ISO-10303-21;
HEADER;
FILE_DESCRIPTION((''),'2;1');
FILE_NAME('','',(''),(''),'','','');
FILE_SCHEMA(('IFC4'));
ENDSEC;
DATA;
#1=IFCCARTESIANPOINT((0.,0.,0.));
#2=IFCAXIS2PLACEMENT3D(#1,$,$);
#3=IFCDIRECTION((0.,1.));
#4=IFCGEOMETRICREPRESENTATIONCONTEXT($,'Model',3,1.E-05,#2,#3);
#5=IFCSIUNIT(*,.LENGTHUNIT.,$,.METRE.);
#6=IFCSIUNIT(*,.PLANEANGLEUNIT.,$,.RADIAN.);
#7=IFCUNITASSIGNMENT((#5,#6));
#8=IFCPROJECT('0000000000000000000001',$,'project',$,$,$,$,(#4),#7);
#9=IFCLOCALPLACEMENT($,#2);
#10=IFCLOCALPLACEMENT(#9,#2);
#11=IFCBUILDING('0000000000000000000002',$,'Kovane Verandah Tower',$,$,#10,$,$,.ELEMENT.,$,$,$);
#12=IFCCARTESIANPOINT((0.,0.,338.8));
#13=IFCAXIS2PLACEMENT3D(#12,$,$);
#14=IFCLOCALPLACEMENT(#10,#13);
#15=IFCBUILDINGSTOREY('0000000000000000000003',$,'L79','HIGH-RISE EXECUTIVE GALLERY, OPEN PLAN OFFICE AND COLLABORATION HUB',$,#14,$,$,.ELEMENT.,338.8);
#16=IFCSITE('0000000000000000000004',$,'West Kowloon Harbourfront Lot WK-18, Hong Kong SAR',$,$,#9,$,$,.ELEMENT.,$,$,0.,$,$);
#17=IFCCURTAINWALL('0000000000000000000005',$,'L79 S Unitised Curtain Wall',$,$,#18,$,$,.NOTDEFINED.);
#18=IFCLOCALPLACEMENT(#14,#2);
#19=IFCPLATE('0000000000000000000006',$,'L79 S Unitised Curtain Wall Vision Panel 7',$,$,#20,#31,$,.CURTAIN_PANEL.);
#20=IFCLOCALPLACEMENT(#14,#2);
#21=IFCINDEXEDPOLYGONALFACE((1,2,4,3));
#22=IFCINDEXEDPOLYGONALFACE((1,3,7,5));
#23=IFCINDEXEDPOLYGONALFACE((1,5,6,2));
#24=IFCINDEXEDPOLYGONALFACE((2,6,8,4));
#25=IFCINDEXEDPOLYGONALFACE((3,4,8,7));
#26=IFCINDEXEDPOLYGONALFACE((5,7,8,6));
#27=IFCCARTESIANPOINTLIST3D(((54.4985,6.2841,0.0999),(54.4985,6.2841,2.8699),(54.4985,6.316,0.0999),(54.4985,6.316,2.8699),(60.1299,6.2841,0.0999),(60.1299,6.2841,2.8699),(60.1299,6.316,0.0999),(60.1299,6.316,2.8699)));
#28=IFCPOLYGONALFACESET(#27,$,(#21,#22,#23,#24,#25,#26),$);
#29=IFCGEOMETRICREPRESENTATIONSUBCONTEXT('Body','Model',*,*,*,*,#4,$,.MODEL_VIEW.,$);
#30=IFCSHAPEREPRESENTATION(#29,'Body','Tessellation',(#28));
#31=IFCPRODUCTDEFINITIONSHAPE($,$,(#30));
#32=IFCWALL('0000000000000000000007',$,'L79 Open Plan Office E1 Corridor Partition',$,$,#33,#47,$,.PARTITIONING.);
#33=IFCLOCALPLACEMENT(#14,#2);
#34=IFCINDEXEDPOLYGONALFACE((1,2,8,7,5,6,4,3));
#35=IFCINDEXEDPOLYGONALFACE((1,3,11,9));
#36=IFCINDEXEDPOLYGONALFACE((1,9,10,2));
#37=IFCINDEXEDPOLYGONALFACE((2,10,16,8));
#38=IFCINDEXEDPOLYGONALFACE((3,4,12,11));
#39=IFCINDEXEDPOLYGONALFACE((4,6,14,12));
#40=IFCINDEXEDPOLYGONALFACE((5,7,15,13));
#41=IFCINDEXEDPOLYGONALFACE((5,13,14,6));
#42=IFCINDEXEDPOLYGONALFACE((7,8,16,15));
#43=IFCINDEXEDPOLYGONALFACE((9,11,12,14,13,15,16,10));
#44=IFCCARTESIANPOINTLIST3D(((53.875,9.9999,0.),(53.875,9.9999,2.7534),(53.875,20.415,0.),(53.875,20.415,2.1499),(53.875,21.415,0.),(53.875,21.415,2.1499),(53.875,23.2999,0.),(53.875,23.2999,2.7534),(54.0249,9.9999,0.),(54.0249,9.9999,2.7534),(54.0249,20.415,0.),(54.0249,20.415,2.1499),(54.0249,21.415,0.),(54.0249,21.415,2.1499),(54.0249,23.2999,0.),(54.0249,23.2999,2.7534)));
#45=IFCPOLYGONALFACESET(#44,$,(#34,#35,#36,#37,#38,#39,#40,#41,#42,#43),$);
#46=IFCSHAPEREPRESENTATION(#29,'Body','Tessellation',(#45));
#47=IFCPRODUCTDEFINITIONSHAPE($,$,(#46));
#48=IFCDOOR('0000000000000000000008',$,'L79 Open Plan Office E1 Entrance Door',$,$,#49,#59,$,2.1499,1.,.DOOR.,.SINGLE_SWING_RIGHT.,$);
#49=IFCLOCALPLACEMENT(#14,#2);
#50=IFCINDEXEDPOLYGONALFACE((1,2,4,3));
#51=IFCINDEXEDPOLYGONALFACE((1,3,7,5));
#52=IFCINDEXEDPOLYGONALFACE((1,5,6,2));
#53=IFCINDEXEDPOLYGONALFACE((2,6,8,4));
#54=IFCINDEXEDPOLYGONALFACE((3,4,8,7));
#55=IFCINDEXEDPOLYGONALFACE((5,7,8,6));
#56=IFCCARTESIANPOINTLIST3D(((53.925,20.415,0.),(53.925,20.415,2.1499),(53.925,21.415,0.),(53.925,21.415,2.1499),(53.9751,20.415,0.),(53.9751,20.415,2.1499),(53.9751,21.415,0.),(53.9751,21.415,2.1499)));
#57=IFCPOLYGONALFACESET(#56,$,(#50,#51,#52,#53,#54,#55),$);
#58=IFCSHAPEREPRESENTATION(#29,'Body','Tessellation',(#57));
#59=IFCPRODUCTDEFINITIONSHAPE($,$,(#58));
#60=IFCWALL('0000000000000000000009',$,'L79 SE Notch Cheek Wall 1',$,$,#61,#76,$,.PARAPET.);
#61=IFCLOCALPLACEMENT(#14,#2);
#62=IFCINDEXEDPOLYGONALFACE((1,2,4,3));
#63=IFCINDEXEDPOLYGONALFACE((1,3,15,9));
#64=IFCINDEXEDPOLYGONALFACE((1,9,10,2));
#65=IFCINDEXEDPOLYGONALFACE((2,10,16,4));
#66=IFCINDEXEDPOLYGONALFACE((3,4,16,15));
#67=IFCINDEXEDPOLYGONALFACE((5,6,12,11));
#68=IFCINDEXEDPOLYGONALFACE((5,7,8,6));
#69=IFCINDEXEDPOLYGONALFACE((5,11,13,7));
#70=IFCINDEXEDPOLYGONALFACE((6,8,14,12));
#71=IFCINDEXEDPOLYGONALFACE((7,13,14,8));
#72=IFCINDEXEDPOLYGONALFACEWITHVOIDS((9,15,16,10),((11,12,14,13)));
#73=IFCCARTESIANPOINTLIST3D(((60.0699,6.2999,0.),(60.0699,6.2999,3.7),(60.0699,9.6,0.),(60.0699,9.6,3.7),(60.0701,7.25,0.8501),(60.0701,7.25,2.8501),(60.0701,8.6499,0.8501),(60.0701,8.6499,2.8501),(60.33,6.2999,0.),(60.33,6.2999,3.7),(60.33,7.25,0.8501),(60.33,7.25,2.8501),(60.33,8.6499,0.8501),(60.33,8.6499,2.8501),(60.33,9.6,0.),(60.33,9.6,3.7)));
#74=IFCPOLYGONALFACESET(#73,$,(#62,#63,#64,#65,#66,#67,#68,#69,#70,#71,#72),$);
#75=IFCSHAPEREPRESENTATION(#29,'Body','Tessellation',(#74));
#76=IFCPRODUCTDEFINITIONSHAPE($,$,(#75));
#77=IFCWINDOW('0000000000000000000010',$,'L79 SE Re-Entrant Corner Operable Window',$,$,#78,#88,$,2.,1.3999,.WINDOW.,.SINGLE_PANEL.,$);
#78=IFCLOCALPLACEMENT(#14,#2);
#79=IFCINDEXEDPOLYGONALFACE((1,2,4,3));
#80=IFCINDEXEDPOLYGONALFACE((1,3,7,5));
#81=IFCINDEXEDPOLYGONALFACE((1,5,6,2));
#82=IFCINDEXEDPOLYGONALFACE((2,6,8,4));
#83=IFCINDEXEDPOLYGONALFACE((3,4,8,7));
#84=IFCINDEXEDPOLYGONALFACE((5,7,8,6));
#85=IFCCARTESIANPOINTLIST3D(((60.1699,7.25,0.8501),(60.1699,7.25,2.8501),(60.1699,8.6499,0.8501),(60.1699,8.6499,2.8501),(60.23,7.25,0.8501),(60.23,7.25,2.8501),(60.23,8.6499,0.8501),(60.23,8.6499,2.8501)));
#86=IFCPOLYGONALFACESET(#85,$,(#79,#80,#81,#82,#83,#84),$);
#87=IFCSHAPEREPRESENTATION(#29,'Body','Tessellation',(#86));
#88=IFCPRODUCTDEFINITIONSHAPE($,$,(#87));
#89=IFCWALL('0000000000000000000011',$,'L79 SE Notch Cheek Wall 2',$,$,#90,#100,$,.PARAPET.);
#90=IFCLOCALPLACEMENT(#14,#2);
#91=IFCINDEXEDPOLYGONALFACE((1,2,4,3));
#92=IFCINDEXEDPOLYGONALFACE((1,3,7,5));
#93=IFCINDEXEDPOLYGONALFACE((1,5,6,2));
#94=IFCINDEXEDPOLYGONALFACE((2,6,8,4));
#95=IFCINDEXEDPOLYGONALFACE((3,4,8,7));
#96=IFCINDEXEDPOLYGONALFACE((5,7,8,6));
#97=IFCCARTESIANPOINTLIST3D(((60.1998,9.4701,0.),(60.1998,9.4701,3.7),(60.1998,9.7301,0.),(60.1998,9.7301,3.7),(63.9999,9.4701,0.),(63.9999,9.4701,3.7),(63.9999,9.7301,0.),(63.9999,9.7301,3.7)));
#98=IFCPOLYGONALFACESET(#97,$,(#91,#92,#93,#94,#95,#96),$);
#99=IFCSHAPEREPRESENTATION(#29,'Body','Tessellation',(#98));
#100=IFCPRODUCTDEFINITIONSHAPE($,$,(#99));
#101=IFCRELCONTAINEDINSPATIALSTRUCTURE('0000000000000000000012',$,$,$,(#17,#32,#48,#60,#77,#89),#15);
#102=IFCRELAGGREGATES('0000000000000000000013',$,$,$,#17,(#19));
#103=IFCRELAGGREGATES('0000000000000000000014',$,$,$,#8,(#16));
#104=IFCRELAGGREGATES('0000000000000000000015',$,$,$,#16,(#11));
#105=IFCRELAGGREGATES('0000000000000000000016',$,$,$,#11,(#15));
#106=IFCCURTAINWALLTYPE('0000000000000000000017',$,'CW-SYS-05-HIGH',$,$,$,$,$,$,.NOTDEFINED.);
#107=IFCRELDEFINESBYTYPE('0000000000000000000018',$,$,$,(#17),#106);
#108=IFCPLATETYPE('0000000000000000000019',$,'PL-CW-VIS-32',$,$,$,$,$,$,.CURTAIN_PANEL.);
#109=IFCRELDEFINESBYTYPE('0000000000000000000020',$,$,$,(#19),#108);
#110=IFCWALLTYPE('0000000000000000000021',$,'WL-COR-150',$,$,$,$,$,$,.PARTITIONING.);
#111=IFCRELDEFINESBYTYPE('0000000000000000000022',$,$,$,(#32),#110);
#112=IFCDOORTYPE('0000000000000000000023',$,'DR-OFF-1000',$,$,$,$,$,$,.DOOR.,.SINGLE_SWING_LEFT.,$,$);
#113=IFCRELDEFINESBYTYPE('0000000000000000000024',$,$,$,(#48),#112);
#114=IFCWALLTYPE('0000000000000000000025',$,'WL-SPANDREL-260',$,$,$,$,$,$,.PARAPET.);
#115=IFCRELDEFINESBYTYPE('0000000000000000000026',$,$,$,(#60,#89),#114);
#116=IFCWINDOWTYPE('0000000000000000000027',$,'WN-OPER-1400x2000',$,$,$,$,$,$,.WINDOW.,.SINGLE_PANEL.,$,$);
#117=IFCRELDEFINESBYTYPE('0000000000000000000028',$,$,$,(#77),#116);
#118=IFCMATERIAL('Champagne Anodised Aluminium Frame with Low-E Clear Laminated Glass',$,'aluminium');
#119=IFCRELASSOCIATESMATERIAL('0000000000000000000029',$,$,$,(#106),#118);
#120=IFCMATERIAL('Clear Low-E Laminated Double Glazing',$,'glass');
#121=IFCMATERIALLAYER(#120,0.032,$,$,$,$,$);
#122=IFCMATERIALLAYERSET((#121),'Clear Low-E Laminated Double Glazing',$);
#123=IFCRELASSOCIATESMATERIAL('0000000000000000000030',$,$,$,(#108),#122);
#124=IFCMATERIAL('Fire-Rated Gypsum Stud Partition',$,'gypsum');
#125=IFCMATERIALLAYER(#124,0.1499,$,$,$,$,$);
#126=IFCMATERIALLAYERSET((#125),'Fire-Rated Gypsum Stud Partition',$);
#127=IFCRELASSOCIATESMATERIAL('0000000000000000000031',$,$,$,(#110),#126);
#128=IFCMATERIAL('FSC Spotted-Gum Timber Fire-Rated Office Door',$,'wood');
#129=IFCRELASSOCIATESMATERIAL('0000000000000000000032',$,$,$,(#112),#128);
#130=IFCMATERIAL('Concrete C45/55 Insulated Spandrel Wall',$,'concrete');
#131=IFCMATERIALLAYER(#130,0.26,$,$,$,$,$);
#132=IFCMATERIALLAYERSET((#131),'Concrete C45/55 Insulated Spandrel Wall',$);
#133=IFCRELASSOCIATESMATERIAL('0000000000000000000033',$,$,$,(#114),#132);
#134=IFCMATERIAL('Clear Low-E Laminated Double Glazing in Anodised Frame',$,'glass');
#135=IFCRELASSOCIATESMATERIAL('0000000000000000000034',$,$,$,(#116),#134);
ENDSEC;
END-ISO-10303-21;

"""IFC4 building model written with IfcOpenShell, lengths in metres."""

from ifc_helpers import new_model, si_unit, direction, frame, frame_2d, origin, origin_2d, place, context, subcontext, project, spatial, rectangle, extrude, material, layer, layer_set, type_object, element, fill, aggregate, save


model = new_model("IFC4")

# Units and contexts
model_context = context("Model", 3, precision=1e-05, world=origin(), true_north=direction((0.0, 1.0)))
body_context = subcontext(model_context, "Body", "Model", "MODEL_VIEW")
ifc_project = project(units=[si_unit("LENGTHUNIT", "METRE"), si_unit("PLANEANGLEUNIT", "RADIAN")], contexts=[model_context])

# Site, building, storey
site_placement = place(None, origin())
site = spatial("IfcSite", under=ifc_project, at=site_placement, Name="West Kowloon Harbourfront Lot WK-18, Hong Kong SAR", CompositionType="ELEMENT", RefElevation=0.0)
building_placement = place(site_placement, origin())
building = spatial("IfcBuilding", under=site, at=building_placement, Name="Kovane Verandah Tower", CompositionType="ELEMENT")
storey_placement = place(building_placement, frame((0.0, 0.0, 338.8)))
storey = spatial("IfcBuildingStorey", under=building, at=storey_placement, Name="L79", Description="HIGH-RISE EXECUTIVE GALLERY, OPEN PLAN OFFICE AND COLLABORATION HUB", CompositionType="ELEMENT", Elevation=338.8)

# Curtain wall
ifc_material_1 = material(Name="Champagne Anodised Aluminium Frame with Low-E Clear Laminated Glass", Category="aluminium")
curtain_wall_type = type_object("IfcCurtainWallType", Name="CW-SYS-05-HIGH", PredefinedType="NOTDEFINED", material=ifc_material_1)
curtain_wall_1_placement = place(storey_placement, origin())
curtain_wall_1 = element("IfcCurtainWall", 1, at=curtain_wall_1_placement, inside=storey, type_object=curtain_wall_type, Name="L79 S Unitised Curtain Wall", PredefinedType="NOTDEFINED")

# Plate
ifc_material_2 = material(Name="Clear Low-E Laminated Double Glazing", Category="glass")
ifc_layer_1 = layer(ifc_material_2, 0.032)
ifc_layer_set_1 = layer_set([ifc_layer_1], Name="Clear Low-E Laminated Double Glazing")
plate_type_1 = type_object("IfcPlateType", Name="PL-CW-VIS-32", PredefinedType="CURTAIN_PANEL", material=ifc_layer_set_1)
plate_1_placement = place(storey_placement, frame((57.3142, 6.3, 0.0999), z_axis=(0.0, 0.0, 1.0), x_axis=(1.0, 0.0, 0.0)))
plate_1 = element("IfcPlate", 2, at=plate_1_placement, type_object=plate_type_1, Name="L79 S Unitised Curtain Wall Vision Panel 7", PredefinedType="CURTAIN_PANEL", context=body_context, shape_type="SweptSolid", body=[
    extrude(rectangle(XDim=5.6313, YDim=0.032, at=origin_2d()), origin(), (0.0, 0.0, 1.0), 2.77),
])
aggregate(curtain_wall_1, [plate_1])

# Wall, opening, door
ifc_material_3 = material(Name="Fire-Rated Gypsum Stud Partition", Category="gypsum")
ifc_layer_2 = layer(ifc_material_3, 0.1499)
ifc_layer_set_2 = layer_set([ifc_layer_2], Name="Fire-Rated Gypsum Stud Partition")
wall_type_1 = type_object("IfcWallType", Name="WL-COR-150", PredefinedType="PARTITIONING", material=ifc_layer_set_2)
wall_1_placement = place(storey_placement, frame((53.95, 10.0, 0.0), z_axis=(0.0, 0.0, 1.0), x_axis=(0.0, 1.0, 0.0)))
wall_1 = element("IfcWall", 3, at=wall_1_placement, inside=storey, type_object=wall_type_1, Name="L79 Open Plan Office E1 Corridor Partition", PredefinedType="PARTITIONING", context=body_context, shape_type="SweptSolid", body=[
    extrude(rectangle(XDim=13.3, YDim=0.1499, at=frame_2d((6.6499, 0.0))), origin(), (0.0, 0.0, 1.0), 2.7534),
])
opening_1_placement = place(wall_1_placement, frame((10.415, 0.0, 0.0)))
opening_1 = element("IfcOpeningElement", 4, at=opening_1_placement, cuts=wall_1, PredefinedType="OPENING", context=body_context, shape_type="SweptSolid", body=[
    extrude(rectangle(XDim=1.0, YDim=2.1499, at=frame_2d((0.5, 1.075))), frame((0.0, 0.075, 0.0), z_axis=(0.0, -1.0, 0.0), x_axis=(1.0, 0.0, 0.0)), (0.0, 0.0, 1.0), 0.1499),
])
ifc_material_4 = material(Name="FSC Spotted-Gum Timber Fire-Rated Office Door", Category="wood")
door_type = type_object("IfcDoorType", Name="DR-OFF-1000", OperationType="SINGLE_SWING_LEFT", PredefinedType="DOOR", material=ifc_material_4)
door_placement = place(opening_1_placement, origin())
door = element("IfcDoor", 5, at=door_placement, inside=storey, type_object=door_type, Name="L79 Open Plan Office E1 Entrance Door", OperationType="SINGLE_SWING_RIGHT", OverallHeight=2.1499, OverallWidth=1.0, PredefinedType="DOOR", context=body_context, shape_type="SweptSolid", body=[
    extrude(rectangle(XDim=1.0, YDim=2.1499, at=frame_2d((0.5, 1.075))), frame((0.0, 0.0249, 0.0), z_axis=(0.0, -1.0, 0.0), x_axis=(1.0, 0.0, 0.0)), (0.0, 0.0, 1.0), 0.05),
])
fill(opening_1, door)

# Wall, opening, window
ifc_material_5 = material(Name="Concrete C45/55 Insulated Spandrel Wall", Category="concrete")
ifc_layer_3 = layer(ifc_material_5, 0.26)
ifc_layer_set_3 = layer_set([ifc_layer_3], Name="Concrete C45/55 Insulated Spandrel Wall")
wall_type_2 = type_object("IfcWallType", Name="WL-SPANDREL-260", PredefinedType="PARAPET", material=ifc_layer_set_3)
wall_2_placement = place(storey_placement, frame((60.2, 6.3, 0.0), z_axis=(0.0, 0.0, 1.0), x_axis=(0.0, 1.0, 0.0)))
wall_2 = element("IfcWall", 6, at=wall_2_placement, inside=storey, type_object=wall_type_2, Name="L79 SE Notch Cheek Wall 1", PredefinedType="PARAPET", context=body_context, shape_type="SweptSolid", body=[
    extrude(rectangle(XDim=3.3, YDim=0.26, at=frame_2d((1.6499, 0.0))), origin(), (0.0, 0.0, 1.0), 3.7),
])
opening_2_placement = place(wall_2_placement, frame((0.95, 0.0, 0.8501)))
opening_2 = element("IfcOpeningElement", 7, at=opening_2_placement, cuts=wall_2, PredefinedType="OPENING", context=body_context, shape_type="SweptSolid", body=[
    extrude(rectangle(XDim=1.3999, YDim=2.0, at=frame_2d((0.7, 1.0))), frame((0.0, 0.1299, 0.0), z_axis=(0.0, -1.0, 0.0), x_axis=(1.0, 0.0, 0.0)), (0.0, 0.0, 1.0), 0.26),
])
ifc_material_6 = material(Name="Clear Low-E Laminated Double Glazing in Anodised Frame", Category="glass")
window_type = type_object("IfcWindowType", Name="WN-OPER-1400x2000", PartitioningType="SINGLE_PANEL", PredefinedType="WINDOW", material=ifc_material_6)
window_placement = place(opening_2_placement, origin())
window = element("IfcWindow", 8, at=window_placement, inside=storey, type_object=window_type, Name="L79 SE Re-Entrant Corner Operable Window", OverallHeight=2.0, OverallWidth=1.3999, PartitioningType="SINGLE_PANEL", PredefinedType="WINDOW", context=body_context, shape_type="SweptSolid", body=[
    extrude(rectangle(XDim=1.3999, YDim=2.0, at=frame_2d((0.7, 1.0))), frame((0.0, 0.03, 0.0), z_axis=(0.0, -1.0, 0.0), x_axis=(1.0, 0.0, 0.0)), (0.0, 0.0, 1.0), 0.0601),
])
fill(opening_2, window)

# Wall
wall_3_placement = place(storey_placement, frame((60.2, 9.6001, 0.0), z_axis=(0.0, 0.0, 1.0), x_axis=(1.0, 0.0, 0.0)))
element("IfcWall", 9, at=wall_3_placement, inside=storey, type_object=wall_type_2, Name="L79 SE Notch Cheek Wall 2", PredefinedType="PARAPET", context=body_context, shape_type="SweptSolid", body=[
    extrude(rectangle(XDim=3.8, YDim=0.26, at=frame_2d((1.8999, 0.0))), origin(), (0.0, 0.0, 1.0), 3.7),
])

save(model, "model.ifc")
